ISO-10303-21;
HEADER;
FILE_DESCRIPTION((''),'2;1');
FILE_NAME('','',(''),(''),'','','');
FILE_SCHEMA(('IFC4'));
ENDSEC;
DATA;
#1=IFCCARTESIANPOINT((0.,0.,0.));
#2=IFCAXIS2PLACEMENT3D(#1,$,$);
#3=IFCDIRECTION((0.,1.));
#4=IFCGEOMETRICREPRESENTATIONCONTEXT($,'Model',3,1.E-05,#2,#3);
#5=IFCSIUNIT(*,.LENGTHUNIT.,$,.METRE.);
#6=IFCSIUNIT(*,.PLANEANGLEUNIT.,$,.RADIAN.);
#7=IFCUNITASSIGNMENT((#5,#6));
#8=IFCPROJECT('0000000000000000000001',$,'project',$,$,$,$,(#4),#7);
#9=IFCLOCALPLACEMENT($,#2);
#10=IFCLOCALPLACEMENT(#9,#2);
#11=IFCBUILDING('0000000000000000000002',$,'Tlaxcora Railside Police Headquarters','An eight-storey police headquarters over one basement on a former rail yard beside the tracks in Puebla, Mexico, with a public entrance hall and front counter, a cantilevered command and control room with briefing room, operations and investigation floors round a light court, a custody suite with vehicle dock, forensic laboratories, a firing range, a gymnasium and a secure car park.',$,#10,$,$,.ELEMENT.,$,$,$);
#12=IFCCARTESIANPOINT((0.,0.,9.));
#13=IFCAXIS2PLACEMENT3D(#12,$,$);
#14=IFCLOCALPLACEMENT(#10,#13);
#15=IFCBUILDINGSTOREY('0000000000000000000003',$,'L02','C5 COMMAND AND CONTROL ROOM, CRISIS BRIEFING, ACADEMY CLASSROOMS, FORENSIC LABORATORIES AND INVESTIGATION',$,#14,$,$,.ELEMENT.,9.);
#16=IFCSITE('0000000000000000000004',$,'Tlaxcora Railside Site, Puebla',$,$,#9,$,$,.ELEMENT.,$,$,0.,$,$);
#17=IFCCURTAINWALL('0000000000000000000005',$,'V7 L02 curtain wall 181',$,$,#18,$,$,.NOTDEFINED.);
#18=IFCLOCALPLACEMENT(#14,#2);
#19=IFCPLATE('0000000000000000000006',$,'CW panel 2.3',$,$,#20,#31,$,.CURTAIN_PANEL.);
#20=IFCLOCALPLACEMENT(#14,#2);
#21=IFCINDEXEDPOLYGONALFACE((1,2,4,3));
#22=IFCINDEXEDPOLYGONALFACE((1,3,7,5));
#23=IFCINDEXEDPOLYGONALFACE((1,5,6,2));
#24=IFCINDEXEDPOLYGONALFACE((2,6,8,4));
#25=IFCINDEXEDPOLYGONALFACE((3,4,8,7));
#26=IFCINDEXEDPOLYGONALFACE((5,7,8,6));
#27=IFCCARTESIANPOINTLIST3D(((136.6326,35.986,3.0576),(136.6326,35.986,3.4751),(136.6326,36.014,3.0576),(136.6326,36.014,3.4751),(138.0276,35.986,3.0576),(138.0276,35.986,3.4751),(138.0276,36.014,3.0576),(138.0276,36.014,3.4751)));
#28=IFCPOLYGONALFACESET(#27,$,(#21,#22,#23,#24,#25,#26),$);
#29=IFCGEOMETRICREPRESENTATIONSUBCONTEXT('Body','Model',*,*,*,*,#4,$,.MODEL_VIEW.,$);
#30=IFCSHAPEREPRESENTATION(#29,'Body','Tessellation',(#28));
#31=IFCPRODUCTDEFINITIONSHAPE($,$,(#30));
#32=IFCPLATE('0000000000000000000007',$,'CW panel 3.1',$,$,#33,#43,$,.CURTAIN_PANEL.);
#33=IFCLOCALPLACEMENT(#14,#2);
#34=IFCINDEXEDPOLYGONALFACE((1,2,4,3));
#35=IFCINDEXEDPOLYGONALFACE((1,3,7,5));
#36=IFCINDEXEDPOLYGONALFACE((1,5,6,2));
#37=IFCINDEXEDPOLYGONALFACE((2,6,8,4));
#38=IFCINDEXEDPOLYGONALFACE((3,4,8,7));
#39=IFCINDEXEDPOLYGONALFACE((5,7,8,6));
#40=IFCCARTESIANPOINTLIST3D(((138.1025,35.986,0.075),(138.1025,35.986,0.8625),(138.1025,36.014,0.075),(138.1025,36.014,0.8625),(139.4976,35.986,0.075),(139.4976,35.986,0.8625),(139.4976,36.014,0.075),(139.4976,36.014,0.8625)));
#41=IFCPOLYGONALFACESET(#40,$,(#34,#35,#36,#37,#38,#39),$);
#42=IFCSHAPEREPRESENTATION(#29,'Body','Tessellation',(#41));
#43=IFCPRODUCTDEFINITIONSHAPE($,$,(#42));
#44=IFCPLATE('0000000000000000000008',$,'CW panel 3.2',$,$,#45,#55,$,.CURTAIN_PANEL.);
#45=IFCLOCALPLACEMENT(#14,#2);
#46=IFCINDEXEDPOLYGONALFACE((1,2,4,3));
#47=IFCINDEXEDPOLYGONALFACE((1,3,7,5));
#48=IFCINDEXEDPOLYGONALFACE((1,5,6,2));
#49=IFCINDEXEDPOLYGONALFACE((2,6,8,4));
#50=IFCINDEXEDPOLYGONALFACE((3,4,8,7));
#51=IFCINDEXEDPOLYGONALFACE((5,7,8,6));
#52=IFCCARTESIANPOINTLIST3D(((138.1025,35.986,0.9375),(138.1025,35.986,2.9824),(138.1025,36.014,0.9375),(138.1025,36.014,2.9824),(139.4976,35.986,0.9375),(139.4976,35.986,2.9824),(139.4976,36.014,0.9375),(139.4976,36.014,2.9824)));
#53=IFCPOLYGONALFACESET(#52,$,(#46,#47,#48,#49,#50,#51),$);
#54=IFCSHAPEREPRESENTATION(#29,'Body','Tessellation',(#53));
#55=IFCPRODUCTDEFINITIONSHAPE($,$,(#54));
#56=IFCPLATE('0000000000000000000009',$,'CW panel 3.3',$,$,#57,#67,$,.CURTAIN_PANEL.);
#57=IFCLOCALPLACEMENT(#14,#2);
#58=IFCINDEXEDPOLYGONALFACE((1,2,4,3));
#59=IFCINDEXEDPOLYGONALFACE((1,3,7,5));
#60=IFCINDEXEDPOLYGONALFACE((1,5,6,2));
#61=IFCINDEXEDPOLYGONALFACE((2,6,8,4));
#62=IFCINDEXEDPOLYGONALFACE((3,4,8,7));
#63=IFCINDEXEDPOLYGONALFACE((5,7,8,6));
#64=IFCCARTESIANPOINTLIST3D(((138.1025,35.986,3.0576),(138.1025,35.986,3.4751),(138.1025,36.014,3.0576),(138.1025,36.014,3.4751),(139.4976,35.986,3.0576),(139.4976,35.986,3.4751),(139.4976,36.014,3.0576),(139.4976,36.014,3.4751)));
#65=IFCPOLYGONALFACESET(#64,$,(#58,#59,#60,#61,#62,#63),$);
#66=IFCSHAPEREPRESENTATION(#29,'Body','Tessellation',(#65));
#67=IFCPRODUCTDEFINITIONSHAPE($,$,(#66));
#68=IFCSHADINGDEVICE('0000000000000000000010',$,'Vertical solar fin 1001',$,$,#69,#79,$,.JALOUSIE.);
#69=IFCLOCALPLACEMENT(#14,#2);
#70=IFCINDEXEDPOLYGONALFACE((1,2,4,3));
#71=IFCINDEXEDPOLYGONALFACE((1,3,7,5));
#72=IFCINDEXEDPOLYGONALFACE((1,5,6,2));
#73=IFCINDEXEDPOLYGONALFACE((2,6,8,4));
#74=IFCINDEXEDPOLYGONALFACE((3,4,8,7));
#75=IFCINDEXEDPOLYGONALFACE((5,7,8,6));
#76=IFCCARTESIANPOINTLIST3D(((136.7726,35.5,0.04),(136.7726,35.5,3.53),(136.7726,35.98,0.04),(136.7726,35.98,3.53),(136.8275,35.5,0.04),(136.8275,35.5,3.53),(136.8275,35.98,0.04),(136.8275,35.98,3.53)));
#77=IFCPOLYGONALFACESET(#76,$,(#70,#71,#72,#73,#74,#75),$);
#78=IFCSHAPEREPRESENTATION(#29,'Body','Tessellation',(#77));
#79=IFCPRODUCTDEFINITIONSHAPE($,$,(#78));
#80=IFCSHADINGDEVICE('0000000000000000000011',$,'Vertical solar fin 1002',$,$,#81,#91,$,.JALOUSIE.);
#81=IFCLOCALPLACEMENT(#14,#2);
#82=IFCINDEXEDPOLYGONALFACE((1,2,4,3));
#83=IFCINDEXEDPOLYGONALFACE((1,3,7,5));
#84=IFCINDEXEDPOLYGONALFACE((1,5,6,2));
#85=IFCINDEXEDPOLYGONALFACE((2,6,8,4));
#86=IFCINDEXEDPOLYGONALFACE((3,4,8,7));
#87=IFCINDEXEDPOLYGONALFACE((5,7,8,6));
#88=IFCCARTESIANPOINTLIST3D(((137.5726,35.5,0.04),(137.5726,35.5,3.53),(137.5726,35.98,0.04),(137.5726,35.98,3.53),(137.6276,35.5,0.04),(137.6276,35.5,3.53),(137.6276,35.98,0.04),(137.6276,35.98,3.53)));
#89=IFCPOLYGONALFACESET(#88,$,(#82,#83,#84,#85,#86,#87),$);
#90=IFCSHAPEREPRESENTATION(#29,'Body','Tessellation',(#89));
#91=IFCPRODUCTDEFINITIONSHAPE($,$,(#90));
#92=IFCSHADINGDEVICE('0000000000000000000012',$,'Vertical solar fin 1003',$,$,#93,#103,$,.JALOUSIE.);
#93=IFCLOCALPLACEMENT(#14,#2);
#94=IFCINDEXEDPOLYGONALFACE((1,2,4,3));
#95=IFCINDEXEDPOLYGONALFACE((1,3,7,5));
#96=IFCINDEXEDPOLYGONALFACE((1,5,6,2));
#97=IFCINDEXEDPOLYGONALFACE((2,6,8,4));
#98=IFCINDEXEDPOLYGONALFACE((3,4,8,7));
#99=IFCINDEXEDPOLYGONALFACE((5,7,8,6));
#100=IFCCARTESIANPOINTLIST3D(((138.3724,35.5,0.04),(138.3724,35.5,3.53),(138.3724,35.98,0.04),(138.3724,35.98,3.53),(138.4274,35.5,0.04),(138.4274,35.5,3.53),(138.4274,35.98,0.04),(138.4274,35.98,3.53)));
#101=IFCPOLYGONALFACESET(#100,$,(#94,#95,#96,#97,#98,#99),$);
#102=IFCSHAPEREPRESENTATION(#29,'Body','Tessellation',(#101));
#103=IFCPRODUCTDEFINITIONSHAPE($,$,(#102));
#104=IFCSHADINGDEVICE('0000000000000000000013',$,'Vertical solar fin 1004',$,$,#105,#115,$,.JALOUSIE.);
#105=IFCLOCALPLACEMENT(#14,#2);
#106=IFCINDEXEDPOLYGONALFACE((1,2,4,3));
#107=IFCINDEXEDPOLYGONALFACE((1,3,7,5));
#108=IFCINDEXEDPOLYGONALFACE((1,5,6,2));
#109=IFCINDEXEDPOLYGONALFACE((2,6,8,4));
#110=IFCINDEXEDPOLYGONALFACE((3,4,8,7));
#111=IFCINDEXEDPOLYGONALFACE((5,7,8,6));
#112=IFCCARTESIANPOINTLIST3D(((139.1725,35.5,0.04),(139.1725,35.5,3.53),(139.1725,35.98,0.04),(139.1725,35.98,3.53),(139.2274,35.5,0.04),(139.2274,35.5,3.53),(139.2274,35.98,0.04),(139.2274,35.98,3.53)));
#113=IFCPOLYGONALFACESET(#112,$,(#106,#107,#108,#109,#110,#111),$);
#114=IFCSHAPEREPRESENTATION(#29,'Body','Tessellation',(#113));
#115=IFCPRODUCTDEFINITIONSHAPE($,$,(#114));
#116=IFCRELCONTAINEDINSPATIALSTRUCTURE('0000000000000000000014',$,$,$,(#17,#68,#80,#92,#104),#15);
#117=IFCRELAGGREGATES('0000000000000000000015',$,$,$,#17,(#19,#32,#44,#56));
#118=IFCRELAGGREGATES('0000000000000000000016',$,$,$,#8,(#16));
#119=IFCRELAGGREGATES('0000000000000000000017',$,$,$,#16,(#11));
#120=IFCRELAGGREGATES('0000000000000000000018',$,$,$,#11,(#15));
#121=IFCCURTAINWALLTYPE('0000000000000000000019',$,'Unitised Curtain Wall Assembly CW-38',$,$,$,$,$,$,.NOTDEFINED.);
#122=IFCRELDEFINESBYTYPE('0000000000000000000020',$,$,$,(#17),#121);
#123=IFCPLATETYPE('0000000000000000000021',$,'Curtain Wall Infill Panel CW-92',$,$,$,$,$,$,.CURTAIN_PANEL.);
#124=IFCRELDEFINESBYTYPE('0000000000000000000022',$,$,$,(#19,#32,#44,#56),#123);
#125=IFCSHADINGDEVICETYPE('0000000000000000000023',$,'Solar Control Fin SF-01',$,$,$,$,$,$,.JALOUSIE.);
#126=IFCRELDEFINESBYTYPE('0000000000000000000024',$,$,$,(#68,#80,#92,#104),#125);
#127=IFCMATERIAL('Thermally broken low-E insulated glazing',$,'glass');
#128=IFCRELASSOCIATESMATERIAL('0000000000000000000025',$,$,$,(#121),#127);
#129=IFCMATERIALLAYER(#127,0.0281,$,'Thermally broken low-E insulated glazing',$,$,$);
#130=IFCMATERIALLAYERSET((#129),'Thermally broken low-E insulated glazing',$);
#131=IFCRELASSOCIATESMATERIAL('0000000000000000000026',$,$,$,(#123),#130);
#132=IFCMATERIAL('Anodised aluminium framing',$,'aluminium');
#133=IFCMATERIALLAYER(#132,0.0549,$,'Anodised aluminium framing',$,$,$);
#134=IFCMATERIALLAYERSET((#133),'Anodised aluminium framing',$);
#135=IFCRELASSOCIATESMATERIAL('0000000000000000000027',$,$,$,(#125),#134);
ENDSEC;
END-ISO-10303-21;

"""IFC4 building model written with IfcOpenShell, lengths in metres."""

from ifc_helpers import new_model, si_unit, direction, frame, origin, origin_2d, place, context, subcontext, project, spatial, rectangle, extrude, material, layer, layer_set, type_object, element, aggregate, save


model = new_model("IFC4")

# Units and contexts
model_context = context("Model", 3, precision=1e-05, world=origin(), true_north=direction((0.0, 1.0)))
body_context = subcontext(model_context, "Body", "Model", "MODEL_VIEW")
ifc_project = project(units=[si_unit("LENGTHUNIT", "METRE"), si_unit("PLANEANGLEUNIT", "RADIAN")], contexts=[model_context])

# Site, building, storey
site_placement = place(None, origin())
site = spatial("IfcSite", under=ifc_project, at=site_placement, Name="Tlaxcora Railside Site, Puebla", CompositionType="ELEMENT", RefElevation=0.0)
building_placement = place(site_placement, origin())
building = spatial("IfcBuilding", under=site, at=building_placement, Name="Tlaxcora Railside Police Headquarters", Description="An eight-storey police headquarters over one basement on a former rail yard beside the tracks in Puebla, Mexico, with a public entrance hall and front counter, a cantilevered command and control room with briefing room, operations and investigation floors round a light court, a custody suite with vehicle dock, forensic laboratories, a firing range, a gymnasium and a secure car park.", CompositionType="ELEMENT")
storey_placement = place(building_placement, frame((0.0, 0.0, 9.0)))
storey = spatial("IfcBuildingStorey", under=building, at=storey_placement, Name="L02", Description="C5 COMMAND AND CONTROL ROOM, CRISIS BRIEFING, ACADEMY CLASSROOMS, FORENSIC LABORATORIES AND INVESTIGATION", CompositionType="ELEMENT", Elevation=9.0)

# Curtain wall, plates
ifc_material_1 = material(Name="Thermally broken low-E insulated glazing", Category="glass")
curtain_wall_type = type_object("IfcCurtainWallType", Name="Unitised Curtain Wall Assembly CW-38", PredefinedType="NOTDEFINED", material=ifc_material_1)
curtain_wall_placement = place(storey_placement, origin())
curtain_wall = element("IfcCurtainWall", 1, at=curtain_wall_placement, inside=storey, type_object=curtain_wall_type, Name="V7 L02 curtain wall 181", PredefinedType="NOTDEFINED")
ifc_material_2 = material(Name="Anodised aluminium framing", Category="aluminium")
ifc_layer_1 = layer(ifc_material_1, 0.0281, Name="Thermally broken low-E insulated glazing")
ifc_layer_set_1 = layer_set([ifc_layer_1], Name="Thermally broken low-E insulated glazing")
plate_type = type_object("IfcPlateType", Name="Curtain Wall Infill Panel CW-92", PredefinedType="CURTAIN_PANEL", material=ifc_layer_set_1)
plate_1_placement = place(storey_placement, frame((137.3301, 36.0, 3.0576), z_axis=(0.0, 0.0, 1.0), x_axis=(1.0, 0.0, 0.0)))
plate_1 = element("IfcPlate", 2, at=plate_1_placement, type_object=plate_type, Name="CW panel 2.3", PredefinedType="CURTAIN_PANEL", context=body_context, shape_type="SweptSolid", body=[
    extrude(rectangle(XDim=1.395, YDim=0.0281, at=origin_2d()), origin(), (0.0, 0.0, 1.0), 0.4175),
])
plate_2_placement = place(storey_placement, frame((138.8, 36.0, 0.075), z_axis=(0.0, 0.0, 1.0), x_axis=(1.0, 0.0, 0.0)))
plate_2 = element("IfcPlate", 3, at=plate_2_placement, type_object=plate_type, Name="CW panel 3.1", PredefinedType="CURTAIN_PANEL", context=body_context, shape_type="SweptSolid", body=[
    extrude(rectangle(XDim=1.395, YDim=0.0281, at=origin_2d()), origin(), (0.0, 0.0, 1.0), 0.7876),
])
plate_3_placement = place(storey_placement, frame((138.8, 36.0, 0.9375), z_axis=(0.0, 0.0, 1.0), x_axis=(1.0, 0.0, 0.0)))
plate_3 = element("IfcPlate", 4, at=plate_3_placement, type_object=plate_type, Name="CW panel 3.2", PredefinedType="CURTAIN_PANEL", context=body_context, shape_type="SweptSolid", body=[
    extrude(rectangle(XDim=1.395, YDim=0.0281, at=origin_2d()), origin(), (0.0, 0.0, 1.0), 2.0449),
])
plate_4_placement = place(storey_placement, frame((138.8, 36.0, 3.0576), z_axis=(0.0, 0.0, 1.0), x_axis=(1.0, 0.0, 0.0)))
plate_4 = element("IfcPlate", 5, at=plate_4_placement, type_object=plate_type, Name="CW panel 3.3", PredefinedType="CURTAIN_PANEL", context=body_context, shape_type="SweptSolid", body=[
    extrude(rectangle(XDim=1.395, YDim=0.0281, at=origin_2d()), origin(), (0.0, 0.0, 1.0), 0.4175),
])
aggregate(curtain_wall, [plate_1, plate_2, plate_3, plate_4])

# Shading devices
ifc_layer_2 = layer(ifc_material_2, 0.0549, Name="Anodised aluminium framing")
ifc_layer_set_2 = layer_set([ifc_layer_2], Name="Anodised aluminium framing")
shading_device_type = type_object("IfcShadingDeviceType", Name="Solar Control Fin SF-01", PredefinedType="JALOUSIE", material=ifc_layer_set_2)
for number, where, z_axis, x_axis, name in (
    (6, (136.8, 35.74, 0.04), (0.0, 0.0, 1.0), (0.0, -1.0, 0.0), "Vertical solar fin 1001"),
    (7, (137.6001, 35.74, 0.04), (0.0, 0.0, 1.0), (0.0, -1.0, 0.0), "Vertical solar fin 1002"),
    (8, (138.3999, 35.74, 0.04), (0.0, 0.0, 1.0), (0.0, -1.0, 0.0), "Vertical solar fin 1003"),
    (9, (139.2, 35.74, 0.04), (0.0, 0.0, 1.0), (0.0, -1.0, 0.0), "Vertical solar fin 1004"),
):
    element("IfcShadingDevice", number, at=place(storey_placement, frame(where, z_axis=z_axis, x_axis=x_axis)), inside=storey, type_object=shading_device_type, Name=name, PredefinedType="JALOUSIE", context=body_context, shape_type="SweptSolid", body=[
        extrude(rectangle(XDim=0.48, YDim=0.0549, at=origin_2d()), origin(), (0.0, 0.0, 1.0), 3.49),
    ])

save(model, "model.ifc")
